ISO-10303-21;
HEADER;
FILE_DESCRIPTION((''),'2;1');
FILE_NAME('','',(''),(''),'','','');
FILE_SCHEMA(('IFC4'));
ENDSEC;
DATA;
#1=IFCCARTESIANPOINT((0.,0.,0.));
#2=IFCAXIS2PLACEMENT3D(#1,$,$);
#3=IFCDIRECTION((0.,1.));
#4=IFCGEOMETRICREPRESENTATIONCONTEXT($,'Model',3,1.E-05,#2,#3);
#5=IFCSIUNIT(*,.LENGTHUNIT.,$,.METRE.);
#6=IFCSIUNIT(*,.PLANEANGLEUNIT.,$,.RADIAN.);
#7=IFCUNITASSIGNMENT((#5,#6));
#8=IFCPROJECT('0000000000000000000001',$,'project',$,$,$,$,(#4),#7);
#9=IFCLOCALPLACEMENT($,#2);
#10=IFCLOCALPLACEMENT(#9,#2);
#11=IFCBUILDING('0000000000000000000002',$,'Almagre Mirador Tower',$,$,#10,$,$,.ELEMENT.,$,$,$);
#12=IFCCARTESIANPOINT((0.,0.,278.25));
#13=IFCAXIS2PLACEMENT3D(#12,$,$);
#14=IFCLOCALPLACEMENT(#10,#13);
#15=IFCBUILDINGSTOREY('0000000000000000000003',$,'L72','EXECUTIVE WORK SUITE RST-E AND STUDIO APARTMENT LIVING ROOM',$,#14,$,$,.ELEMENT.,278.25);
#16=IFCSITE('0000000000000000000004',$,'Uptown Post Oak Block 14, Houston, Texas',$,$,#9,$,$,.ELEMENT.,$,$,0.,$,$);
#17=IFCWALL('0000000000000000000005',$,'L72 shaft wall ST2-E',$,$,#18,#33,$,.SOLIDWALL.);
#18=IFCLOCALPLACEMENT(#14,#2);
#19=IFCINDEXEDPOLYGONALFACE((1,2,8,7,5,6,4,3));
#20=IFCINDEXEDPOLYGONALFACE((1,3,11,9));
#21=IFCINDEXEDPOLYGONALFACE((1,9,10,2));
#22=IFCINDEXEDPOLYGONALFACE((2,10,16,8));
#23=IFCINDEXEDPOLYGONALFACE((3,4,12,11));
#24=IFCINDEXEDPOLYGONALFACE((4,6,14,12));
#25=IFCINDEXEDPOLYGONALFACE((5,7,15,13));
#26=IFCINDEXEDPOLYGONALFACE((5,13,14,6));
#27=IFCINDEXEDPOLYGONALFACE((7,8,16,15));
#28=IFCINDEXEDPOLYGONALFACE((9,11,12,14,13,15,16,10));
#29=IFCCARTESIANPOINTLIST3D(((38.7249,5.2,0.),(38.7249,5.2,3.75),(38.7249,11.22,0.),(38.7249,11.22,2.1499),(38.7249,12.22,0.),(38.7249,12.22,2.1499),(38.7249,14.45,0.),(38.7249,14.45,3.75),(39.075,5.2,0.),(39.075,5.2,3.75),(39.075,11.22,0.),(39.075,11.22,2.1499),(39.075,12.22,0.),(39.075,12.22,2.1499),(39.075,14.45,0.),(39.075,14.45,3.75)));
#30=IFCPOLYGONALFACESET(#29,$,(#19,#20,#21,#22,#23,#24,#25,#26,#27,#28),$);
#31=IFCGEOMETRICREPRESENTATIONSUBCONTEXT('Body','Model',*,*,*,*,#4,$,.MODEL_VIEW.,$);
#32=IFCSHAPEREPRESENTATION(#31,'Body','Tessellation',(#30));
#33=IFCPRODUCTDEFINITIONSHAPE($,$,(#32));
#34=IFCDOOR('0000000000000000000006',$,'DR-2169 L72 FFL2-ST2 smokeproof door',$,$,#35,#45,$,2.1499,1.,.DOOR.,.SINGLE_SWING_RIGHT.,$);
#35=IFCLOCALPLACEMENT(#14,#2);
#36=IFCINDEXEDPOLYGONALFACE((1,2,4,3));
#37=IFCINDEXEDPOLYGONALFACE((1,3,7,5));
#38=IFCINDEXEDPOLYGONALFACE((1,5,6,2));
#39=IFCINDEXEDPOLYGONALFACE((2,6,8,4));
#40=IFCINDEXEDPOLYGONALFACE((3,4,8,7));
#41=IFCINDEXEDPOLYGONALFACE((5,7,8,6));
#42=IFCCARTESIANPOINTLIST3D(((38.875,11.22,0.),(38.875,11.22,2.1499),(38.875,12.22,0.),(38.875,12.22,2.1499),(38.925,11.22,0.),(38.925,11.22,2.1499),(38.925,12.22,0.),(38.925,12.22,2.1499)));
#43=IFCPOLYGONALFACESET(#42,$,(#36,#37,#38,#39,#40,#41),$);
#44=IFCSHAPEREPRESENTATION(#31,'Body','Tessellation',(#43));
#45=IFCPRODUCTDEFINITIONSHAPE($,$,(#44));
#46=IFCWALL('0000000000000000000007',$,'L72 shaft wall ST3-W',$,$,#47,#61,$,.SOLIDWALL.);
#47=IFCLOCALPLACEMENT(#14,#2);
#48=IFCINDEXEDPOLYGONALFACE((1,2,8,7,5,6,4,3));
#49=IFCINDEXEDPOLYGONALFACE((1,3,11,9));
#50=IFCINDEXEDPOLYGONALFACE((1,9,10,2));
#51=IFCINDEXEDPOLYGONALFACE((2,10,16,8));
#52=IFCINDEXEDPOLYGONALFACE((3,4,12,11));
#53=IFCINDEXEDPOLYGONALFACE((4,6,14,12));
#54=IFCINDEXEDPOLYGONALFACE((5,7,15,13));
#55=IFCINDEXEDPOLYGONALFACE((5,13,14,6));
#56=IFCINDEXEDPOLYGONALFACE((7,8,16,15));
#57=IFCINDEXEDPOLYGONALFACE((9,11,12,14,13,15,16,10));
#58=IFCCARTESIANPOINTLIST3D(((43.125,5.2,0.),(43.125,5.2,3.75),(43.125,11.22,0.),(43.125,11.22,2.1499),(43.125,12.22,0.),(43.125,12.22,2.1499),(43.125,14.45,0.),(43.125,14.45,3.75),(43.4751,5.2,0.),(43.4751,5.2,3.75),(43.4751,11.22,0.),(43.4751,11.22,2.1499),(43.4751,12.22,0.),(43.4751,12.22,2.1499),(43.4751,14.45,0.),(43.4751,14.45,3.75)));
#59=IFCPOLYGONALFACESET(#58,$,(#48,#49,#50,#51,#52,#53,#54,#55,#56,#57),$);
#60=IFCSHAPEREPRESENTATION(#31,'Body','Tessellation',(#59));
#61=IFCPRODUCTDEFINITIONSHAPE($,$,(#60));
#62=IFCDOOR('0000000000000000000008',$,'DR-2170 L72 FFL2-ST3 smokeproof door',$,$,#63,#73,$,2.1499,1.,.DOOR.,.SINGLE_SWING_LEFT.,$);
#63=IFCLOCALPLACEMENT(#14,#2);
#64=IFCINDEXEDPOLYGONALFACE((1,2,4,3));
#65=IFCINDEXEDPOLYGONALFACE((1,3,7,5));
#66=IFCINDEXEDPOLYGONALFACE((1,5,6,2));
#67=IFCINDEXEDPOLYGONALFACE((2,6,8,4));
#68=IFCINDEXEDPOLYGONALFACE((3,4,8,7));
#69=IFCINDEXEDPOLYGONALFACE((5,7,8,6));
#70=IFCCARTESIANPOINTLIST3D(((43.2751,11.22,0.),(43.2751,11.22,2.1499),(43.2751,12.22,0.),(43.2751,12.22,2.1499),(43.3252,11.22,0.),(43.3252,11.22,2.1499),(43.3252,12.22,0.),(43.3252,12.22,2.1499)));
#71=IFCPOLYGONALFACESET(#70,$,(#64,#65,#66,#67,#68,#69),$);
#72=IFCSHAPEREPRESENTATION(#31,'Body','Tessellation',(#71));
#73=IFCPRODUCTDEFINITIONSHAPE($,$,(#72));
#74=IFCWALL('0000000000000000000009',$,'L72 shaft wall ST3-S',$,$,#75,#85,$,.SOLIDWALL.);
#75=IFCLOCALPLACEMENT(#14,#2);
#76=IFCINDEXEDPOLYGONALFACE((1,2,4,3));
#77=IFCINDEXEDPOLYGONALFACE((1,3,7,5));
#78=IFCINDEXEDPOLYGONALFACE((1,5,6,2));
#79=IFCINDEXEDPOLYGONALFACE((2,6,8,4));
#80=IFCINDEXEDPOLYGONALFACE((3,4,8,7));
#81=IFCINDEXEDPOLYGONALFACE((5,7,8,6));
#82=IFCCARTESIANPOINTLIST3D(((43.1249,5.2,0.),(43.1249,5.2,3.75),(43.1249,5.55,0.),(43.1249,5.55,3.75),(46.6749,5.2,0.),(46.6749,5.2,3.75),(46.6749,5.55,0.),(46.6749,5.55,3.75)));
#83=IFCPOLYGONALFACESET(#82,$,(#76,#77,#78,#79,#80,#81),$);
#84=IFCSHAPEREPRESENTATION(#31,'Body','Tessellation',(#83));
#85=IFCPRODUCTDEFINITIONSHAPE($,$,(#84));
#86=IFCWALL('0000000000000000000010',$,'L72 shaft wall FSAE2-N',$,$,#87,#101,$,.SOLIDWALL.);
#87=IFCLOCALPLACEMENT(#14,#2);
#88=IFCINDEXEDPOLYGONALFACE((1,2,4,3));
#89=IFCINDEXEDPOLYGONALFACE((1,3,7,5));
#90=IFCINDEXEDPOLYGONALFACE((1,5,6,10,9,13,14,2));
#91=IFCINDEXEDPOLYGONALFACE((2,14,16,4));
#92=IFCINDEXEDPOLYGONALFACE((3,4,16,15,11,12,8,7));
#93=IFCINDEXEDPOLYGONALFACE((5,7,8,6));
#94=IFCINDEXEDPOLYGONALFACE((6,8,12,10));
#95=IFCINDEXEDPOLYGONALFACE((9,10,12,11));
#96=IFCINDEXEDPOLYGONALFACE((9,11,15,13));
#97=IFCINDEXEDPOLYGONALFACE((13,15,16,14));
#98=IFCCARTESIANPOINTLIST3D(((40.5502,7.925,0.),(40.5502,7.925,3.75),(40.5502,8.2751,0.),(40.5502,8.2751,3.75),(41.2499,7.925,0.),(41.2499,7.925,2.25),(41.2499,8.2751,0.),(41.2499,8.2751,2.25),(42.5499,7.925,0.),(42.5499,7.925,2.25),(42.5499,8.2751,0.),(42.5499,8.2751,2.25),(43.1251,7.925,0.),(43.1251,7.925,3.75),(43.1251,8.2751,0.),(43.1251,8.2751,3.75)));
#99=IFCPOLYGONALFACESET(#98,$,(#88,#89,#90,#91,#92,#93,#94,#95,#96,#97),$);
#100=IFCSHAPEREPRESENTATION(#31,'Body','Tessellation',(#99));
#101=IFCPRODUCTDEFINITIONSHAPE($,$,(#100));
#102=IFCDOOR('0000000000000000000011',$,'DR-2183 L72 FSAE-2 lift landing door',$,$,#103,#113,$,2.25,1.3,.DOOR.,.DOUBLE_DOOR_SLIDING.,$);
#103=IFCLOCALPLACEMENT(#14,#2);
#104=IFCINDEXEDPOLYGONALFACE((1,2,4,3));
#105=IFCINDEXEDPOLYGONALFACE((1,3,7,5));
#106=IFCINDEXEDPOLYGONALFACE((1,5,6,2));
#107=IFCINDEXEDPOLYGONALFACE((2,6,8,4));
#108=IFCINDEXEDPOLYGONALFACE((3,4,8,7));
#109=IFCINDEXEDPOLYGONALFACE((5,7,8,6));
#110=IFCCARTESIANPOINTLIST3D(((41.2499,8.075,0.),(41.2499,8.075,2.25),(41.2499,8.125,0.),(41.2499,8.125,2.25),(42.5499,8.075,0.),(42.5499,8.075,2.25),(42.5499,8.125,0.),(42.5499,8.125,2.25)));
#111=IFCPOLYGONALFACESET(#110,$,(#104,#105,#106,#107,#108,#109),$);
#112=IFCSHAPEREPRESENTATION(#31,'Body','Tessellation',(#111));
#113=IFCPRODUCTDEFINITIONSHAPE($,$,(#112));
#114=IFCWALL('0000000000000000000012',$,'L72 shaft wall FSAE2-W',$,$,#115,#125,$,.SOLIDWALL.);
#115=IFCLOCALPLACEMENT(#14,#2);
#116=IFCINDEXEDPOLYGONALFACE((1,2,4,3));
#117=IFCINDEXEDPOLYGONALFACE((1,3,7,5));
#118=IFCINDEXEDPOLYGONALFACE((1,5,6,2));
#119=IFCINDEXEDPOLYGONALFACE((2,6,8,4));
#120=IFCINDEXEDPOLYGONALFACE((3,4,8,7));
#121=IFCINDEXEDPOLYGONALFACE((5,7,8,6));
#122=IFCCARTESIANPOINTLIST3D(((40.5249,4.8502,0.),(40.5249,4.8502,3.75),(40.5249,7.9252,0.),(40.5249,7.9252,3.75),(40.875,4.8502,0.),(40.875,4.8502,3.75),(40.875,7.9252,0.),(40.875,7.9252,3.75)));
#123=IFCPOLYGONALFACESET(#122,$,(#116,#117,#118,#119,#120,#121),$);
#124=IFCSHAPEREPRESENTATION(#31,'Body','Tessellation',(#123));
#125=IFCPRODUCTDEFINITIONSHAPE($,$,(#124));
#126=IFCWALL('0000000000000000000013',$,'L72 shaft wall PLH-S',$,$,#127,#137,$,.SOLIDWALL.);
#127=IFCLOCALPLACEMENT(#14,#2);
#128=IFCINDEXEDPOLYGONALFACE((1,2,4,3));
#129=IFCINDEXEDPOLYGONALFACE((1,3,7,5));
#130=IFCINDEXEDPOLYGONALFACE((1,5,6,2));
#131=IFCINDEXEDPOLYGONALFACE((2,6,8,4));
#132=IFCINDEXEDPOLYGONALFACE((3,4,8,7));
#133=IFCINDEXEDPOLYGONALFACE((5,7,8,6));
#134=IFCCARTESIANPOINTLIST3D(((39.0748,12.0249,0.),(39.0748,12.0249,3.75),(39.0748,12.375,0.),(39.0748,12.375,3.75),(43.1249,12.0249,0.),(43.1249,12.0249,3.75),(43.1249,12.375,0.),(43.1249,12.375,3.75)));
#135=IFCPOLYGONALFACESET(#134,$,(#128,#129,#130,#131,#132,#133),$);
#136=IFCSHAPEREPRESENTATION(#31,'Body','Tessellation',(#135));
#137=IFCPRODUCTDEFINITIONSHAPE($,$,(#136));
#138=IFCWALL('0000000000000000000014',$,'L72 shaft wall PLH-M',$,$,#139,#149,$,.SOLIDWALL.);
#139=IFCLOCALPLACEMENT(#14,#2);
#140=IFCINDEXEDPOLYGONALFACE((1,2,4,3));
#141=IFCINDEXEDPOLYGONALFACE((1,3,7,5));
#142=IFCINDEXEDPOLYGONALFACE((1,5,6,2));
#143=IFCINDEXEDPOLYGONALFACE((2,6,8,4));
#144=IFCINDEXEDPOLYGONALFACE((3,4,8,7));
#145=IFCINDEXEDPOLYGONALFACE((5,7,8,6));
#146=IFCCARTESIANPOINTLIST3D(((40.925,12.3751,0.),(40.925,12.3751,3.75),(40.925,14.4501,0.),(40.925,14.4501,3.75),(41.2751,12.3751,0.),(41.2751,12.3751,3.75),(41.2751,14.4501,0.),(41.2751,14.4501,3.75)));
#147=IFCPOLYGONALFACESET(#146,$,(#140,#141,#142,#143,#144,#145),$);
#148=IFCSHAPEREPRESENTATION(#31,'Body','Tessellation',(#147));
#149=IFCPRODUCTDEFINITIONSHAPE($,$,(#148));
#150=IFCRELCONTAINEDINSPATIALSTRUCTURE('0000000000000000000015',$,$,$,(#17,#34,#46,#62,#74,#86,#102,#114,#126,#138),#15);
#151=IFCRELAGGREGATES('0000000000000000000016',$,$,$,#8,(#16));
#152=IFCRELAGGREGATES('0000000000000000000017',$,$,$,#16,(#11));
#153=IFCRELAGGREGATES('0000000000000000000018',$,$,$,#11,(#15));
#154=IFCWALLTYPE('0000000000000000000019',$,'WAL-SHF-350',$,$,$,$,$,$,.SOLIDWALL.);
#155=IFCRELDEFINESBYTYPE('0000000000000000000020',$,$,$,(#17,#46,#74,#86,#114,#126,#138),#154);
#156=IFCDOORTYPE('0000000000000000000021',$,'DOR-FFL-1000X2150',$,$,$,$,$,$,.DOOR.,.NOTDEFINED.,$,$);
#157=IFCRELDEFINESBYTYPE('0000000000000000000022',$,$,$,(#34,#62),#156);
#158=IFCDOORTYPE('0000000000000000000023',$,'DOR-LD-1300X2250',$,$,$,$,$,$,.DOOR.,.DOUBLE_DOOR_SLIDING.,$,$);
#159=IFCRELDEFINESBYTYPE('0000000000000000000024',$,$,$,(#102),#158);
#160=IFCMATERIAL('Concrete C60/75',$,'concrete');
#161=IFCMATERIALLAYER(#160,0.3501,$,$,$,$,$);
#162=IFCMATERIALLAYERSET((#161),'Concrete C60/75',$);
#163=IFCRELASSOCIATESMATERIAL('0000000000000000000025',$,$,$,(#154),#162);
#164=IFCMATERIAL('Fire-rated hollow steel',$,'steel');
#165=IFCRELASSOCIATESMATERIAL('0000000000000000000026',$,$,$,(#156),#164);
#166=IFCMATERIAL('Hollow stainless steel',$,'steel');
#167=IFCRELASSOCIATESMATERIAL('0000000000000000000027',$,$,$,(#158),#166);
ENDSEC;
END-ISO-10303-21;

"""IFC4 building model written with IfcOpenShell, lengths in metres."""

from ifc_helpers import new_model, si_unit, direction, frame, frame_2d, origin, place, context, subcontext, project, spatial, rectangle, extrude, material, layer, layer_set, type_object, element, fill, save


model = new_model("IFC4")

# Units and contexts
model_context = context("Model", 3, precision=1e-05, world=origin(), true_north=direction((0.0, 1.0)))
body_context = subcontext(model_context, "Body", "Model", "MODEL_VIEW")
ifc_project = project(units=[si_unit("LENGTHUNIT", "METRE"), si_unit("PLANEANGLEUNIT", "RADIAN")], contexts=[model_context])

# Site, building, storey
site_placement = place(None, origin())
site = spatial("IfcSite", under=ifc_project, at=site_placement, Name="Uptown Post Oak Block 14, Houston, Texas", CompositionType="ELEMENT", RefElevation=0.0)
building_placement = place(site_placement, origin())
building = spatial("IfcBuilding", under=site, at=building_placement, Name="Almagre Mirador Tower", CompositionType="ELEMENT")
storey_placement = place(building_placement, frame((0.0, 0.0, 278.25)))
storey = spatial("IfcBuildingStorey", under=building, at=storey_placement, Name="L72", Description="EXECUTIVE WORK SUITE RST-E AND STUDIO APARTMENT LIVING ROOM", CompositionType="ELEMENT", Elevation=278.25)

# Walls, openings, doors
ifc_material_1 = material(Name="Concrete C60/75", Category="concrete")
ifc_layer_1 = layer(ifc_material_1, 0.3501)
ifc_layer_set_1 = layer_set([ifc_layer_1], Name="Concrete C60/75")
wall_type_1 = type_object("IfcWallType", Name="WAL-SHF-350", PredefinedType="SOLIDWALL", material=ifc_layer_set_1)
wall_1_placement = place(storey_placement, frame((38.8999, 5.2, 0.0), z_axis=(0.0, 0.0, 1.0), x_axis=(0.0, 1.0, 0.0)))
wall_1 = element("IfcWall", 1, at=wall_1_placement, inside=storey, type_object=wall_type_1, Name="L72 shaft wall ST2-E", PredefinedType="SOLIDWALL", context=body_context, shape_type="SweptSolid", body=[
    extrude(rectangle(XDim=9.25, YDim=0.3501, at=frame_2d((4.625, 0.0))), origin(), (0.0, 0.0, 1.0), 3.75),
])
opening_1_placement = place(wall_1_placement, frame((6.02, 0.0, 0.0)))
opening_1 = element("IfcOpeningElement", 2, at=opening_1_placement, cuts=wall_1, PredefinedType="OPENING", context=body_context, shape_type="SweptSolid", body=[
    extrude(rectangle(XDim=1.0, YDim=2.1499, at=frame_2d((0.5, 1.075))), frame((0.0, 0.185, 0.0), z_axis=(0.0, -1.0, 0.0), x_axis=(1.0, 0.0, 0.0)), (0.0, 0.0, 1.0), 0.3701),
])
ifc_material_2 = material(Name="Fire-rated hollow steel", Category="steel")
door_type_1 = type_object("IfcDoorType", Name="DOR-FFL-1000X2150", OperationType="NOTDEFINED", PredefinedType="DOOR", material=ifc_material_2)
door_1_placement = place(opening_1_placement, origin())
door_1 = element("IfcDoor", 3, at=door_1_placement, inside=storey, type_object=door_type_1, Name="DR-2169 L72 FFL2-ST2 smokeproof door", OperationType="SINGLE_SWING_RIGHT", OverallHeight=2.1499, OverallWidth=1.0, PredefinedType="DOOR", context=body_context, shape_type="SweptSolid", body=[
    extrude(rectangle(XDim=1.0, YDim=2.1499, at=frame_2d((0.5, 1.075))), frame((0.0, 0.0249, 0.0), z_axis=(0.0, -1.0, 0.0), x_axis=(1.0, 0.0, 0.0)), (0.0, 0.0, 1.0), 0.05),
])
fill(opening_1, door_1)
wall_2_placement = place(storey_placement, frame((43.3, 5.2, 0.0), z_axis=(0.0, 0.0, 1.0), x_axis=(0.0, 1.0, 0.0)))
wall_2 = element("IfcWall", 4, at=wall_2_placement, inside=storey, type_object=wall_type_1, Name="L72 shaft wall ST3-W", PredefinedType="SOLIDWALL", context=body_context, shape_type="SweptSolid", body=[
    extrude(rectangle(XDim=9.25, YDim=0.3501, at=frame_2d((4.625, 0.0))), origin(), (0.0, 0.0, 1.0), 3.75),
])
opening_2_placement = place(wall_2_placement, frame((6.02, 0.0, 0.0)))
opening_2 = element("IfcOpeningElement", 5, at=opening_2_placement, cuts=wall_2, PredefinedType="OPENING", context=body_context, shape_type="SweptSolid", body=[
    extrude(rectangle(XDim=1.0, YDim=2.1499, at=frame_2d((0.5, 1.075))), frame((0.0, 0.185, 0.0), z_axis=(0.0, -1.0, 0.0), x_axis=(1.0, 0.0, 0.0)), (0.0, 0.0, 1.0), 0.3701),
])
door_2_placement = place(opening_2_placement, origin())
door_2 = element("IfcDoor", 6, at=door_2_placement, inside=storey, type_object=door_type_1, Name="DR-2170 L72 FFL2-ST3 smokeproof door", OperationType="SINGLE_SWING_LEFT", OverallHeight=2.1499, OverallWidth=1.0, PredefinedType="DOOR", context=body_context, shape_type="SweptSolid", body=[
    extrude(rectangle(XDim=1.0, YDim=2.1499, at=frame_2d((0.5, 1.075))), frame((0.0, 0.0249, 0.0), z_axis=(0.0, -1.0, 0.0), x_axis=(1.0, 0.0, 0.0)), (0.0, 0.0, 1.0), 0.05),
])
fill(opening_2, door_2)

# Wall
wall_3_placement = place(storey_placement, frame((43.125, 5.375, 0.0), z_axis=(0.0, 0.0, 1.0), x_axis=(1.0, 0.0, 0.0)))
element("IfcWall", 7, at=wall_3_placement, inside=storey, type_object=wall_type_1, Name="L72 shaft wall ST3-S", PredefinedType="SOLIDWALL", context=body_context, shape_type="SweptSolid", body=[
    extrude(rectangle(XDim=3.55, YDim=0.3501, at=frame_2d((1.7749, 0.0))), origin(), (0.0, 0.0, 1.0), 3.75),
])

# Wall, opening, door
wall_4_placement = place(storey_placement, frame((40.55, 8.1001, 0.0), z_axis=(0.0, 0.0, 1.0), x_axis=(1.0, 0.0, 0.0)))
wall_4 = element("IfcWall", 8, at=wall_4_placement, inside=storey, type_object=wall_type_1, Name="L72 shaft wall FSAE2-N", PredefinedType="SOLIDWALL", context=body_context, shape_type="SweptSolid", body=[
    extrude(rectangle(XDim=2.575, YDim=0.3501, at=frame_2d((1.2876, 0.0))), origin(), (0.0, 0.0, 1.0), 3.75),
])
opening_3_placement = place(wall_4_placement, frame((0.7, 0.0, 0.0)))
opening_3 = element("IfcOpeningElement", 9, at=opening_3_placement, cuts=wall_4, PredefinedType="OPENING", context=body_context, shape_type="SweptSolid", body=[
    extrude(rectangle(XDim=1.3, YDim=2.25, at=frame_2d((0.6499, 1.125))), frame((0.0, 0.185, 0.0), z_axis=(0.0, -1.0, 0.0), x_axis=(1.0, 0.0, 0.0)), (0.0, 0.0, 1.0), 0.3701),
])
ifc_material_3 = material(Name="Hollow stainless steel", Category="steel")
door_type_2 = type_object("IfcDoorType", Name="DOR-LD-1300X2250", OperationType="DOUBLE_DOOR_SLIDING", PredefinedType="DOOR", material=ifc_material_3)
door_3_placement = place(opening_3_placement, origin())
door_3 = element("IfcDoor", 10, at=door_3_placement, inside=storey, type_object=door_type_2, Name="DR-2183 L72 FSAE-2 lift landing door", OperationType="DOUBLE_DOOR_SLIDING", OverallHeight=2.25, OverallWidth=1.3, PredefinedType="DOOR", context=body_context, shape_type="SweptSolid", body=[
    extrude(rectangle(XDim=1.3, YDim=2.25, at=frame_2d((0.6499, 1.125))), frame((0.0, 0.0249, 0.0), z_axis=(0.0, -1.0, 0.0), x_axis=(1.0, 0.0, 0.0)), (0.0, 0.0, 1.0), 0.05),
])
fill(opening_3, door_3)

# Walls
wall_5_placement = place(storey_placement, frame((40.7, 4.8501, 0.0), z_axis=(0.0, 0.0, 1.0), x_axis=(0.0, 1.0, 0.0)))
element("IfcWall", 11, at=wall_5_placement, inside=storey, type_object=wall_type_1, Name="L72 shaft wall FSAE2-W", PredefinedType="SOLIDWALL", context=body_context, shape_type="SweptSolid", body=[
    extrude(rectangle(XDim=3.075, YDim=0.3501, at=frame_2d((1.5376, 0.0))), origin(), (0.0, 0.0, 1.0), 3.75),
])
wall_6_placement = place(storey_placement, frame((39.075, 12.2, 0.0), z_axis=(0.0, 0.0, 1.0), x_axis=(1.0, 0.0, 0.0)))
element("IfcWall", 12, at=wall_6_placement, inside=storey, type_object=wall_type_1, Name="L72 shaft wall PLH-S", PredefinedType="SOLIDWALL", context=body_context, shape_type="SweptSolid", body=[
    extrude(rectangle(XDim=4.05, YDim=0.3501, at=frame_2d((2.0249, 0.0))), origin(), (0.0, 0.0, 1.0), 3.75),
])
wall_7_placement = place(storey_placement, frame((41.1001, 12.375, 0.0), z_axis=(0.0, 0.0, 1.0), x_axis=(0.0, 1.0, 0.0)))
element("IfcWall", 13, at=wall_7_placement, inside=storey, type_object=wall_type_1, Name="L72 shaft wall PLH-M", PredefinedType="SOLIDWALL", context=body_context, shape_type="SweptSolid", body=[
    extrude(rectangle(XDim=2.075, YDim=0.3501, at=frame_2d((1.0376, 0.0))), origin(), (0.0, 0.0, 1.0), 3.75),
])

save(model, "model.ifc")
